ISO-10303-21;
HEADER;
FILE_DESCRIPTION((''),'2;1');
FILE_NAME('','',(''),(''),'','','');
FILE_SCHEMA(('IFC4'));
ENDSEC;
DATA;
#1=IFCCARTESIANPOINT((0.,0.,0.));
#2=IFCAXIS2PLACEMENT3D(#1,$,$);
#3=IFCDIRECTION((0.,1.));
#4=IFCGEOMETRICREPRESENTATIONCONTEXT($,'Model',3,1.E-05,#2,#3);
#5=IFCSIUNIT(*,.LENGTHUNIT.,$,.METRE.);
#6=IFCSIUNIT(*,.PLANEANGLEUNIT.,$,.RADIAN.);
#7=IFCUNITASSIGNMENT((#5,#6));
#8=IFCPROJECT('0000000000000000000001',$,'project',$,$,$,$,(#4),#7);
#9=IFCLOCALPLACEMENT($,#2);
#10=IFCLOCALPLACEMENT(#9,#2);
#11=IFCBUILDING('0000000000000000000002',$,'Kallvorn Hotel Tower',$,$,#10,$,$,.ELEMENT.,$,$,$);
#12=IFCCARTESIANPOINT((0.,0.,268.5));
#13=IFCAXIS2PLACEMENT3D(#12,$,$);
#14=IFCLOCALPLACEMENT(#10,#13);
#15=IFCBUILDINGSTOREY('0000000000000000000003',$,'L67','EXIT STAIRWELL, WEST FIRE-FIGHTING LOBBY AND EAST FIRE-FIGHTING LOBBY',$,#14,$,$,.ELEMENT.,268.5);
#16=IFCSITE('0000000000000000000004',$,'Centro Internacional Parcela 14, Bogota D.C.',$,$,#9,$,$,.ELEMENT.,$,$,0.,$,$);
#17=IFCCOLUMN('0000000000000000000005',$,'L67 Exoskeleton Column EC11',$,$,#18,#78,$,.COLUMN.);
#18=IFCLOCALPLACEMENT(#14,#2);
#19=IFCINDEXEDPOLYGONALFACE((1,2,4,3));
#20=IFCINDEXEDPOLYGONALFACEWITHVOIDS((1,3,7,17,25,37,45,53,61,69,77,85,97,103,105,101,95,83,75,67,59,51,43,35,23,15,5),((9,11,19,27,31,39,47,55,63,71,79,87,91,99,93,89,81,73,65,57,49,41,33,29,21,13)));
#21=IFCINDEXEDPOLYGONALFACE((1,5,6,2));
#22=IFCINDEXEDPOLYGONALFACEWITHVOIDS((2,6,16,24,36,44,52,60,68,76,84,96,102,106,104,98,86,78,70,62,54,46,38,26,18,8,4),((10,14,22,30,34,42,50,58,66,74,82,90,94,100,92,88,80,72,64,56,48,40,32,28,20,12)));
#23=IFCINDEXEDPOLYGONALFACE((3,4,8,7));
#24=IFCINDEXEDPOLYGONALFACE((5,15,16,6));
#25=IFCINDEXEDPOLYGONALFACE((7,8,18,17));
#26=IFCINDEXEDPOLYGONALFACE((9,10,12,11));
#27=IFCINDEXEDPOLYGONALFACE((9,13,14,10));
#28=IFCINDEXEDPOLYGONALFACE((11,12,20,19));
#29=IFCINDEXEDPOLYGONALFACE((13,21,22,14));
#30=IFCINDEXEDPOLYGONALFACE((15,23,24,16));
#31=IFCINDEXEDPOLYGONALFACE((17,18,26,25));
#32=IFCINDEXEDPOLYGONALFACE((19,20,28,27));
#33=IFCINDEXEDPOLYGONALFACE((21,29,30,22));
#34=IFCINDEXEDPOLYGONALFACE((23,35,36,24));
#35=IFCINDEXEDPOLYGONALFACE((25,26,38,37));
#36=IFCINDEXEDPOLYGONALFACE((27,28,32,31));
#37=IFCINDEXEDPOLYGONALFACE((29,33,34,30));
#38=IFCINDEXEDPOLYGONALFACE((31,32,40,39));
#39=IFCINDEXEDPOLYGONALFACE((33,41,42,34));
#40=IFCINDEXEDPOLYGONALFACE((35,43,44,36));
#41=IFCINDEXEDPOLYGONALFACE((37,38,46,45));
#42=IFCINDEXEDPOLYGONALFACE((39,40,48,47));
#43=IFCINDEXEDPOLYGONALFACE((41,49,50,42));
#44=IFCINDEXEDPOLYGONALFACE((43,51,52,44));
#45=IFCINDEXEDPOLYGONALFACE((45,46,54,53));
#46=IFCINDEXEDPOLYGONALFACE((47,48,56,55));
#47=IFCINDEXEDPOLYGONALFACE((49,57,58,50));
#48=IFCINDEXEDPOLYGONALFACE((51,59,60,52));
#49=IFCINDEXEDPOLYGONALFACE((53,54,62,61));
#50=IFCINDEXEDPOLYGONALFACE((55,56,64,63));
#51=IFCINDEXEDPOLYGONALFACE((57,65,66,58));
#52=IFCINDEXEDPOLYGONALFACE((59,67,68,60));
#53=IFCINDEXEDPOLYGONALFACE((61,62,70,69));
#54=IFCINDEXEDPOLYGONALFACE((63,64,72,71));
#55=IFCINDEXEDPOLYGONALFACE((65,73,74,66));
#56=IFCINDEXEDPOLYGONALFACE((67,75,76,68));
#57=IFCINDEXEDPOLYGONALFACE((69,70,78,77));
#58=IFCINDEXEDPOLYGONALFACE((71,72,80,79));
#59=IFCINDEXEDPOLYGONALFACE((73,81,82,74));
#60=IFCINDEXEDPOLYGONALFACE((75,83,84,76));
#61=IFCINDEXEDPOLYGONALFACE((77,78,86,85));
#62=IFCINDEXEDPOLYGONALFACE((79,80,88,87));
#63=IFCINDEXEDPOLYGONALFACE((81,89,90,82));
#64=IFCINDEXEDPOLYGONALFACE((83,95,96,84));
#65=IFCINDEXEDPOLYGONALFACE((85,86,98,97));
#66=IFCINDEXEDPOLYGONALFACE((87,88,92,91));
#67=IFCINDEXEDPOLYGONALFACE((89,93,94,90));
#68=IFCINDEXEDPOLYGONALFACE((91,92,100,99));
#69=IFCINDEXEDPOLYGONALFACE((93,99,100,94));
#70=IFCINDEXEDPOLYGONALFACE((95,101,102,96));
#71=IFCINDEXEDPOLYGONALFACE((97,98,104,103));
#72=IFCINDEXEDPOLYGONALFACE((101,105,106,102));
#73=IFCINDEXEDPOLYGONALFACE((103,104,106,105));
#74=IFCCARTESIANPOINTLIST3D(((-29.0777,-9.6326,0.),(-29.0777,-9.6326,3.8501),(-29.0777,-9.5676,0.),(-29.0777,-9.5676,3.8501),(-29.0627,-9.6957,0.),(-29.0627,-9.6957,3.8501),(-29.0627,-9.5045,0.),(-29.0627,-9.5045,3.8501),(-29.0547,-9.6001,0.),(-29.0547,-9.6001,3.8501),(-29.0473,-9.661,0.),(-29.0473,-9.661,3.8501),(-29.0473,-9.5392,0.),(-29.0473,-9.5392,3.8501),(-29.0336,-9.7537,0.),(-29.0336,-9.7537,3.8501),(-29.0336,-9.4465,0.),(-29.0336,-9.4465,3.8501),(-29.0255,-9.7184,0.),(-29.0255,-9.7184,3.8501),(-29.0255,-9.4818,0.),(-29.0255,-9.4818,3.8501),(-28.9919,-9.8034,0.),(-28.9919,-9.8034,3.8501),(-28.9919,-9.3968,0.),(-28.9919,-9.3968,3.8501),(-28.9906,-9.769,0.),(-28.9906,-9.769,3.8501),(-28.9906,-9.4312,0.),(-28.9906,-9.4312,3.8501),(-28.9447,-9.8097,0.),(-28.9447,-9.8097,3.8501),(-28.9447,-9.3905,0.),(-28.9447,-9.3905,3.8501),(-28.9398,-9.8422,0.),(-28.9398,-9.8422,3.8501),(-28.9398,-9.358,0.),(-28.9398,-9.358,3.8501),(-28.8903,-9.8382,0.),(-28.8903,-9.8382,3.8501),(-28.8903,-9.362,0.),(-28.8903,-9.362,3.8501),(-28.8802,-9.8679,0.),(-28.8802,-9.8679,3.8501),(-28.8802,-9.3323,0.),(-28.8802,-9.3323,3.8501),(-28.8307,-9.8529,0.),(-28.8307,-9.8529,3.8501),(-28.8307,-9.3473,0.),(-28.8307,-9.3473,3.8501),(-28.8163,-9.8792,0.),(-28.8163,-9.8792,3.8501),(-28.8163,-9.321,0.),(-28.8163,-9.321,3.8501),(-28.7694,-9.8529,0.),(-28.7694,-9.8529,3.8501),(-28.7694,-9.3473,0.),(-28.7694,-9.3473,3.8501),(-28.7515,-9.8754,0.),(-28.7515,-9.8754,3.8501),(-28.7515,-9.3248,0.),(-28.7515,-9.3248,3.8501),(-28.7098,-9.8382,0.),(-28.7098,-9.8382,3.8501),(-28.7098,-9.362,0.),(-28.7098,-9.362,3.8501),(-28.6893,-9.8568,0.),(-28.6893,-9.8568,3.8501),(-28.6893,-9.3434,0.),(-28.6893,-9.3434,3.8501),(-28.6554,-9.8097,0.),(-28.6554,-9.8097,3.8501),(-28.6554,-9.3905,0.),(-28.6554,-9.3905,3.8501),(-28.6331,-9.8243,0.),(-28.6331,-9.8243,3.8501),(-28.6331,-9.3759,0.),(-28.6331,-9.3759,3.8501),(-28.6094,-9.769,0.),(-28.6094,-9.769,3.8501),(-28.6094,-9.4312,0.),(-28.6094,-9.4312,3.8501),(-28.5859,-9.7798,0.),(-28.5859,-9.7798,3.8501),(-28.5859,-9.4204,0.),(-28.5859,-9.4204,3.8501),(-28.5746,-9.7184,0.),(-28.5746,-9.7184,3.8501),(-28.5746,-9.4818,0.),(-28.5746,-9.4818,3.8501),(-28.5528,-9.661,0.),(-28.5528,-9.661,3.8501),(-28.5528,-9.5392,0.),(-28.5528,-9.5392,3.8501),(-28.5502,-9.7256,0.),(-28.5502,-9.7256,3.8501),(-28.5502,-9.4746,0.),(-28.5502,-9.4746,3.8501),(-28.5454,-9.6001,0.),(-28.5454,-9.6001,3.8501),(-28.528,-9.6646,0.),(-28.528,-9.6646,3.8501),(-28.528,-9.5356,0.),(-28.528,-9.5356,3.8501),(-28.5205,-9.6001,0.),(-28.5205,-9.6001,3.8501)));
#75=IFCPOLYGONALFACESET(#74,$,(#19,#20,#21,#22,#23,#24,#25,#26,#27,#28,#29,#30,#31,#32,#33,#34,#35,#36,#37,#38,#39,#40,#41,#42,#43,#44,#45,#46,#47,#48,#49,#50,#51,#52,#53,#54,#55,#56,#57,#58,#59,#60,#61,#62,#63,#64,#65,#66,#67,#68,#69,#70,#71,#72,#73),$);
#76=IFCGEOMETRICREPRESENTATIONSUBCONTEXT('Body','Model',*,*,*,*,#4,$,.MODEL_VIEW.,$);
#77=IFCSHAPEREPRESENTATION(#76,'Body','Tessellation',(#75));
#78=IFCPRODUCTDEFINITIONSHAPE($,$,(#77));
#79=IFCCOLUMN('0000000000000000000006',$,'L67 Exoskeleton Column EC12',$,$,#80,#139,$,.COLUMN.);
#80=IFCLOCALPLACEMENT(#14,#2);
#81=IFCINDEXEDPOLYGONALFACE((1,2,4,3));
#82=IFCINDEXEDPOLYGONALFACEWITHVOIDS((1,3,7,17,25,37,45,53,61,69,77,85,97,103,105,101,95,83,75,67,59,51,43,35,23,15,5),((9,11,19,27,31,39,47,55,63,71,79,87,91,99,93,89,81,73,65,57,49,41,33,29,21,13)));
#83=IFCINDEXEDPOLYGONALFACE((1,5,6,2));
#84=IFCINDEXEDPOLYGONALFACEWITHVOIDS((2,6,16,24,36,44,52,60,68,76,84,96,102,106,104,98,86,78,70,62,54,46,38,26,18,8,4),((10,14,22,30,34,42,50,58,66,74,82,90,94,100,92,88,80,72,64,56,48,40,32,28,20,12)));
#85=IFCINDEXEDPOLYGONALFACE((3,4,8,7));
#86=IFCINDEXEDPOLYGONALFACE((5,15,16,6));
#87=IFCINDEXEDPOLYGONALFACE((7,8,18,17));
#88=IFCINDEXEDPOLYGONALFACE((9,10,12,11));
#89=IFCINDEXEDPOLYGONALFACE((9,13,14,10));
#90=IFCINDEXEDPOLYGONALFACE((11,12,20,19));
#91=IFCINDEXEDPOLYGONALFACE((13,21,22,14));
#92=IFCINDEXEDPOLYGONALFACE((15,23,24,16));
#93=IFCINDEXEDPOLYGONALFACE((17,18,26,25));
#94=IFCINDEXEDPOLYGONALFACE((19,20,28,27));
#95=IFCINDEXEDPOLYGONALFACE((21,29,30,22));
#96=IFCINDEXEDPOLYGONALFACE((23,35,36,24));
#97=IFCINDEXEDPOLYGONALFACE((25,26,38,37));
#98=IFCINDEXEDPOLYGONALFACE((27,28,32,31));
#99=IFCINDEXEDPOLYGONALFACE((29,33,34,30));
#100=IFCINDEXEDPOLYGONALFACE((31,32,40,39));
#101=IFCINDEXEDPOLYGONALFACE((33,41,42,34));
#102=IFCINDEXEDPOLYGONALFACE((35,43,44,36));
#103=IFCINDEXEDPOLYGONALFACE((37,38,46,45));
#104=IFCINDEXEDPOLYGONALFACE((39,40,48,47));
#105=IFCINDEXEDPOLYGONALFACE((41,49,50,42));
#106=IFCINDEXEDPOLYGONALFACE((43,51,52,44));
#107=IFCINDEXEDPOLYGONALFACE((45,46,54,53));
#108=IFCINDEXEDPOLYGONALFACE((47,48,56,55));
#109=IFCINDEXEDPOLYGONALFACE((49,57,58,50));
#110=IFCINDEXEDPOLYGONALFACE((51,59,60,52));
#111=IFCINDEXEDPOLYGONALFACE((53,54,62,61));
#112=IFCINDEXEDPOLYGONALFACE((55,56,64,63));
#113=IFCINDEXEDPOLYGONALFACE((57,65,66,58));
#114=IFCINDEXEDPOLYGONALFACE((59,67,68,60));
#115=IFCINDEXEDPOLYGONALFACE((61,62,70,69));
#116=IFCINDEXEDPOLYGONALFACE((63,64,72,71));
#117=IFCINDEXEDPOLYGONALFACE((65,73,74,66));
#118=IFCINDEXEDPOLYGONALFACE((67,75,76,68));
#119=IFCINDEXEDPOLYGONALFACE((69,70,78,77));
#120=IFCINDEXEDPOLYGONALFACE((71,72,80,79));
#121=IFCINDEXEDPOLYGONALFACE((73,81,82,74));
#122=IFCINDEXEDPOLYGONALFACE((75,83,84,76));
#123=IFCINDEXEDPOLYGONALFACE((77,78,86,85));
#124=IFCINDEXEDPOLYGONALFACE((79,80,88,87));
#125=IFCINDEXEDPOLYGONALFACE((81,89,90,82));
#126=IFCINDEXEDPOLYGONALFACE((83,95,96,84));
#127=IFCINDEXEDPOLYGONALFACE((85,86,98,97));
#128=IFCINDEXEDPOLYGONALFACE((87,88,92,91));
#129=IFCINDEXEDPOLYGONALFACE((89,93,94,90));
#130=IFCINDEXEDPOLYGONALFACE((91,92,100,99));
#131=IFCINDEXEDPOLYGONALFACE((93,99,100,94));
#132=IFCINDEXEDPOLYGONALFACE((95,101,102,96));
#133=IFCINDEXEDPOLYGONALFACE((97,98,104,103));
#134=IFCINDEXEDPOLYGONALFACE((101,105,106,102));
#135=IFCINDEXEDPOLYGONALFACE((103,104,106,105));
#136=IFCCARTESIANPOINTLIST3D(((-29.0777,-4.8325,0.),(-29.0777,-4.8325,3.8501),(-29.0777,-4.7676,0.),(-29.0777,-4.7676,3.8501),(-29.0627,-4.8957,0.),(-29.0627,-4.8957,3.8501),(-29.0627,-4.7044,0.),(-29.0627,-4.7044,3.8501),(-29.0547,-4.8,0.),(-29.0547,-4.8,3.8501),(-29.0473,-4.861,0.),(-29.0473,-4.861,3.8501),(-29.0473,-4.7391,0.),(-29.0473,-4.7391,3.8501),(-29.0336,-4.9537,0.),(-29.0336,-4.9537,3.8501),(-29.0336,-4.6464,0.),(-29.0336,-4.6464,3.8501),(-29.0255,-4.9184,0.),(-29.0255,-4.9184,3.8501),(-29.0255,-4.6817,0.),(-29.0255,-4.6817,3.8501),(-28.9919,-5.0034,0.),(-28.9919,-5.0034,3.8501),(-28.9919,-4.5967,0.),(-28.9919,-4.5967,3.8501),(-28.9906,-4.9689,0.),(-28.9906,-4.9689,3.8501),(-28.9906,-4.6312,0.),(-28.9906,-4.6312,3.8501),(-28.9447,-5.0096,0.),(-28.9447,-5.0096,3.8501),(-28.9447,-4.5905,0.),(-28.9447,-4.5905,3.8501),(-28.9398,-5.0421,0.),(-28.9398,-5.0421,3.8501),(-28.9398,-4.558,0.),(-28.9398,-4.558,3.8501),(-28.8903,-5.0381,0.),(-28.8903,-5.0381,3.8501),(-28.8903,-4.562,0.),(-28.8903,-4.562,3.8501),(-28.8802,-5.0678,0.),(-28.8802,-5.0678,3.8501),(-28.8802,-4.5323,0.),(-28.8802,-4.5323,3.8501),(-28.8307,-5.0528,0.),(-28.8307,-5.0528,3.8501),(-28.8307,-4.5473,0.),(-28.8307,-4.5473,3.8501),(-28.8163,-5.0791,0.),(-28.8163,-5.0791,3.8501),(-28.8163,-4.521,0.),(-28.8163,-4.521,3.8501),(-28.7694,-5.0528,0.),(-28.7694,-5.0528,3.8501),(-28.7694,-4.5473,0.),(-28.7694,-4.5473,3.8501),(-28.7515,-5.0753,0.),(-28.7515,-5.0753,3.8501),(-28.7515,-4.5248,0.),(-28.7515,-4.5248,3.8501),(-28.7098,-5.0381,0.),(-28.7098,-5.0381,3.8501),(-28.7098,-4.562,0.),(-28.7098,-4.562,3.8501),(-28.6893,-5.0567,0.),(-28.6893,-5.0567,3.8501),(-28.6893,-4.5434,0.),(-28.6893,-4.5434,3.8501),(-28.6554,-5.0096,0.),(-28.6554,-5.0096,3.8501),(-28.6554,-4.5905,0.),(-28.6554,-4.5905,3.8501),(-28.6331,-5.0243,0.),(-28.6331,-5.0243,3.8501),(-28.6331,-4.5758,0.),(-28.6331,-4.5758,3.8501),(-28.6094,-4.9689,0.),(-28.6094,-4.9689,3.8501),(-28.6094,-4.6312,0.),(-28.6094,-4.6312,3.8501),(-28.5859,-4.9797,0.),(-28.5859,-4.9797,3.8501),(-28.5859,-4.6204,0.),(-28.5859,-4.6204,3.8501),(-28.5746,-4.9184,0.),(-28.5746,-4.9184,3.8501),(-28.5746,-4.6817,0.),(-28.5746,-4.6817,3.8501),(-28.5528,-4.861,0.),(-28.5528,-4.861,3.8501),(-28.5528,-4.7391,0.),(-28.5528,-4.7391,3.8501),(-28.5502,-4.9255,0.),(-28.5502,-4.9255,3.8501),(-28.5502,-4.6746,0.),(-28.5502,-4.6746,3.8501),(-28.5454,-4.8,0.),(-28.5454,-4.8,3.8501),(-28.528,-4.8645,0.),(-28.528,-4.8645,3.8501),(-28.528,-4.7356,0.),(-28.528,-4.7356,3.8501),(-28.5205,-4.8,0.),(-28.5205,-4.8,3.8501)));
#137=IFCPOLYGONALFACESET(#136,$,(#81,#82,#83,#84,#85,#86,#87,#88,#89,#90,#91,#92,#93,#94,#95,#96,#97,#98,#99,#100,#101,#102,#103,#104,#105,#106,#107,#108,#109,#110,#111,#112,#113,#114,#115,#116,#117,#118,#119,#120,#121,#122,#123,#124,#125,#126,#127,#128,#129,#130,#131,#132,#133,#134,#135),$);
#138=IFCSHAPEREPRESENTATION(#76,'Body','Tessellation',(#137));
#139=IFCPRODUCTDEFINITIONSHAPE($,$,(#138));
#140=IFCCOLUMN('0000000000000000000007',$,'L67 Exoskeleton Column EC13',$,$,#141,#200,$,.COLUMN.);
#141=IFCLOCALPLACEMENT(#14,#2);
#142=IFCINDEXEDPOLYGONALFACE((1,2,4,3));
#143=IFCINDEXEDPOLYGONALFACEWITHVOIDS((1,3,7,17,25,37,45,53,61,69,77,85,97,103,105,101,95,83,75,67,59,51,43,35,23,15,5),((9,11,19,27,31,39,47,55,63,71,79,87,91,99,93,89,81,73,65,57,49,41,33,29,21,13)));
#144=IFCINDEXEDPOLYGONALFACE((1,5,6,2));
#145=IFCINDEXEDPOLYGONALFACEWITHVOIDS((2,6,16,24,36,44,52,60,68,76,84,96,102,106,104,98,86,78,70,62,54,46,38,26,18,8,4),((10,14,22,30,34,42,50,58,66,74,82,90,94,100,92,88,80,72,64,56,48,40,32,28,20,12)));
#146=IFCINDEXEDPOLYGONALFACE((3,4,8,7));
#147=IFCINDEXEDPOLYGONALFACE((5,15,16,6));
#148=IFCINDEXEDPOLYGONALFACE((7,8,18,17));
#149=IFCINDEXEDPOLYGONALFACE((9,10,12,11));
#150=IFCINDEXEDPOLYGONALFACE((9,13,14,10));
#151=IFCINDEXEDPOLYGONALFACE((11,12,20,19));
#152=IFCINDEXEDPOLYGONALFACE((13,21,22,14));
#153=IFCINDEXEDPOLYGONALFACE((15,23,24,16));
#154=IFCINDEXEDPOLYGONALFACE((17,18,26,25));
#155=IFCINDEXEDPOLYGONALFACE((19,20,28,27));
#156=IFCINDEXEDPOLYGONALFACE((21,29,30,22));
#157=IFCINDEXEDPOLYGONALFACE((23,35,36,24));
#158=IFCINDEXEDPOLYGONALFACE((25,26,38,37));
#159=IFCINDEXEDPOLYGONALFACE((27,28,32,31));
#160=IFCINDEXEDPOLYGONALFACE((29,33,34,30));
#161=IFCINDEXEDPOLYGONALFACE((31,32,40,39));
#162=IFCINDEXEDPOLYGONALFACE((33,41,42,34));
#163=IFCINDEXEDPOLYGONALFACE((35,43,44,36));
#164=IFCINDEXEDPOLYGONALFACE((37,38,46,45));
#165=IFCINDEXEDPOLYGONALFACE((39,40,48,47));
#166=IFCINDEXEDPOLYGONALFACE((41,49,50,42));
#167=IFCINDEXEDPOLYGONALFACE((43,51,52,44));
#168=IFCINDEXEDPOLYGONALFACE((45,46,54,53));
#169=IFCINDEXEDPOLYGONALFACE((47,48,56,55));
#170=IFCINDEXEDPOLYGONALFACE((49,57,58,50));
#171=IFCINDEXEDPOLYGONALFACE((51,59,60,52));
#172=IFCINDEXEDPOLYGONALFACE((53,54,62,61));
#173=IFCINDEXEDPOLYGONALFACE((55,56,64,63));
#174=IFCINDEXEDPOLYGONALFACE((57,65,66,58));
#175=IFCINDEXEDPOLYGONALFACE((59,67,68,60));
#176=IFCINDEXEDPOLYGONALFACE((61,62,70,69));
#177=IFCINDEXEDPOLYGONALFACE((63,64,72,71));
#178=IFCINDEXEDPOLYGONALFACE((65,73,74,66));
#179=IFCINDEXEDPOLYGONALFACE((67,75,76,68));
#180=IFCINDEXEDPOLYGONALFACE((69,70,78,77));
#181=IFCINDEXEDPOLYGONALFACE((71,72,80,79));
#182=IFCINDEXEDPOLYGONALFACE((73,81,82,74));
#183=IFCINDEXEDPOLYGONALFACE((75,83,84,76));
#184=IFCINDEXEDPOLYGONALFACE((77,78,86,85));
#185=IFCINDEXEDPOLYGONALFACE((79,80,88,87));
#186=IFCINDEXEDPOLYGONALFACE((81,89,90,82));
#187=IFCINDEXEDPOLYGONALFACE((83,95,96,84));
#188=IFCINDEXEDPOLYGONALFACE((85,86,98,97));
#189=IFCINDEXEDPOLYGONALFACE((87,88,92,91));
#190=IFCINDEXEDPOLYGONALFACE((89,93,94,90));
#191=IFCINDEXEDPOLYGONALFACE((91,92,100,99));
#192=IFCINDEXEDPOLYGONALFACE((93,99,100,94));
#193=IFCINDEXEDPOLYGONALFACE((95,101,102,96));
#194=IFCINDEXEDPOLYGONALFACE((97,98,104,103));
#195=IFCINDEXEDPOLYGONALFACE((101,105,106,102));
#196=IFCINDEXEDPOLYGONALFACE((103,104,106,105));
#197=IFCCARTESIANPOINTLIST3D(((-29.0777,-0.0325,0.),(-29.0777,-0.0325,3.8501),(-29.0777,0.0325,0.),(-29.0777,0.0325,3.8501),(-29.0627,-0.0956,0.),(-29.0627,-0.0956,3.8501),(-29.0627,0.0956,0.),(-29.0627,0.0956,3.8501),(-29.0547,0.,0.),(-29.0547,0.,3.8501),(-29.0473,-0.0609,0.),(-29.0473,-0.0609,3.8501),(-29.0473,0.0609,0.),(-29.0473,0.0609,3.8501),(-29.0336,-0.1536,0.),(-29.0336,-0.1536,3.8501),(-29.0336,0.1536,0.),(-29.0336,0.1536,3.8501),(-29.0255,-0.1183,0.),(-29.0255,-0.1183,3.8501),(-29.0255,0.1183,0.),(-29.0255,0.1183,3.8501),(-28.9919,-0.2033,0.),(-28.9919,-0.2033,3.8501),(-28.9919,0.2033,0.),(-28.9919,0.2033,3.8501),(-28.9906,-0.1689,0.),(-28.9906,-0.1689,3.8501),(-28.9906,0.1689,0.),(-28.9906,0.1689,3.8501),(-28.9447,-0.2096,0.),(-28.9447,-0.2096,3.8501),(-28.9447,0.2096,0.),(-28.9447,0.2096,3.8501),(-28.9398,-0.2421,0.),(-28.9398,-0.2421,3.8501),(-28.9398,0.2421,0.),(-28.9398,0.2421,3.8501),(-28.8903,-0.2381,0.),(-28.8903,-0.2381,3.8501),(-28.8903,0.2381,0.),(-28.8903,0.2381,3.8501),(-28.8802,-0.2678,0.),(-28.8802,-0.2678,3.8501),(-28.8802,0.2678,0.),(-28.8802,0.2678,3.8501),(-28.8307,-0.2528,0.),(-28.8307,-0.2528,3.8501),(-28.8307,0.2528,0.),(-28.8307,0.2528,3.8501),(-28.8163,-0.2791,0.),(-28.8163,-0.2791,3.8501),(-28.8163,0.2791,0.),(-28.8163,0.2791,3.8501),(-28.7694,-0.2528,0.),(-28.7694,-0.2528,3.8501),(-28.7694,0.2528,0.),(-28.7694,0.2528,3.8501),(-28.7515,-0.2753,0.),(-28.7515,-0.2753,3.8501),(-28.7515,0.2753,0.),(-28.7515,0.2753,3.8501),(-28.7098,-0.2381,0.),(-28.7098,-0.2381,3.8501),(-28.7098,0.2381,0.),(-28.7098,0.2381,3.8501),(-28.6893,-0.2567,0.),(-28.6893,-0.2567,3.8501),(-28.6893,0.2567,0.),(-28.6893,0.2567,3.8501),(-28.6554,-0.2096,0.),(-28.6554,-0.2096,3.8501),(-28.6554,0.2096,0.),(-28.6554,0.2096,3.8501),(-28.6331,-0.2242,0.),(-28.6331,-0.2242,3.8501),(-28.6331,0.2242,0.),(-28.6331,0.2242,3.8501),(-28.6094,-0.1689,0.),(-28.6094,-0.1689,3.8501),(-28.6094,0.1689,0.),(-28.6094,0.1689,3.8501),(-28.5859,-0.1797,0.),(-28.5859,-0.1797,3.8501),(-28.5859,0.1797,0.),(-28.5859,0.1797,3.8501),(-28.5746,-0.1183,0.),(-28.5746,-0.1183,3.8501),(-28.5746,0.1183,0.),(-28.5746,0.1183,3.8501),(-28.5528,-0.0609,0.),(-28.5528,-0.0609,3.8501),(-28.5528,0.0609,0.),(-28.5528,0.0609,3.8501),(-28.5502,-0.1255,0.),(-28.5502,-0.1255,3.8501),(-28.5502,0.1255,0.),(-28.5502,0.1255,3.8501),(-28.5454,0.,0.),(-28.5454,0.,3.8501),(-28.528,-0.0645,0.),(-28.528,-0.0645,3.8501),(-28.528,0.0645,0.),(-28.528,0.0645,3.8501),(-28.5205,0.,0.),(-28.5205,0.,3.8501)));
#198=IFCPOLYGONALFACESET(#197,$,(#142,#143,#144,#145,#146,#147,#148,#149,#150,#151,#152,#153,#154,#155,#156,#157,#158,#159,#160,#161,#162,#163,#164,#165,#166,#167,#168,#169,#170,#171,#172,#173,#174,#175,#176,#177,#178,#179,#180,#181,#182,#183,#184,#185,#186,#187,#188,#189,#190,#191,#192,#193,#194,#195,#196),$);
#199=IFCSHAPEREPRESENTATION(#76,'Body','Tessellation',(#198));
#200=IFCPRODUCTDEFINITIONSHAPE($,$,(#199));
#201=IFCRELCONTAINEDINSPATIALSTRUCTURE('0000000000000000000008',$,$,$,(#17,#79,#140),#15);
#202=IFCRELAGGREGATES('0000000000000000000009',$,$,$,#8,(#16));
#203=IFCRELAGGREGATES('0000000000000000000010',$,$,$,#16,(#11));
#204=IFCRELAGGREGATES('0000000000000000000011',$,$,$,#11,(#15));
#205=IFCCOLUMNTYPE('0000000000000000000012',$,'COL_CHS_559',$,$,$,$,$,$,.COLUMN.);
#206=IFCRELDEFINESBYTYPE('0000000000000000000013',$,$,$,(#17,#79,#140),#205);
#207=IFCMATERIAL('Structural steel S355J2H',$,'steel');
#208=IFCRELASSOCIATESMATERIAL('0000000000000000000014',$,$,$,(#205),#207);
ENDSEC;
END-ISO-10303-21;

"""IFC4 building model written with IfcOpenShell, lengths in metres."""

from ifc_helpers import new_model, si_unit, direction, frame, origin, origin_2d, place, context, subcontext, project, spatial, hollow_circle, extrude, material, material_profile, profile_set, type_object, element, save


model = new_model("IFC4")

# Units and contexts
model_context = context("Model", 3, precision=1e-05, world=origin(), true_north=direction((0.0, 1.0)))
body_context = subcontext(model_context, "Body", "Model", "MODEL_VIEW")
ifc_project = project(units=[si_unit("LENGTHUNIT", "METRE"), si_unit("PLANEANGLEUNIT", "RADIAN")], contexts=[model_context])

# Site, building, storey
site_placement = place(None, origin())
site = spatial("IfcSite", under=ifc_project, at=site_placement, Name="Centro Internacional Parcela 14, Bogota D.C.", CompositionType="ELEMENT", RefElevation=0.0)
building_placement = place(site_placement, origin())
building = spatial("IfcBuilding", under=site, at=building_placement, Name="Kallvorn Hotel Tower", CompositionType="ELEMENT")
storey_placement = place(building_placement, frame((0.0, 0.0, 268.5)))
storey = spatial("IfcBuildingStorey", under=building, at=storey_placement, Name="L67", Description="EXIT STAIRWELL, WEST FIRE-FIGHTING LOBBY AND EAST FIRE-FIGHTING LOBBY", CompositionType="ELEMENT", Elevation=268.5)

# Columns
ifc_material_1 = material(Name="Structural steel S355J2H", Category="steel")
ifc_material_profile_1 = material_profile(ifc_material_1, hollow_circle(Radius=0.2795, WallThickness=0.0249, at=origin_2d()), Name="CHS 559x25")
ifc_profile_set_1 = profile_set([ifc_material_profile_1], Name="Structural steel S355J2H")
column_type_1 = type_object("IfcColumnType", Name="COL_CHS_559", PredefinedType="COLUMN", material=ifc_profile_set_1)
for number, where, z_axis, x_axis, name in (
    (1, (-28.8, -9.6001, 0.0), (0.0, 0.0, 1.0), (1.0, 0.0, 0.0), "L67 Exoskeleton Column EC11"),
    (2, (-28.8, -4.8, 0.0), (0.0, 0.0, 1.0), (1.0, 0.0, 0.0), "L67 Exoskeleton Column EC12"),
    (3, (-28.8, 0.0, 0.0), (0.0, 0.0, 1.0), (1.0, 0.0, 0.0), "L67 Exoskeleton Column EC13"),
):
    element("IfcColumn", number, at=place(storey_placement, frame(where, z_axis=z_axis, x_axis=x_axis)), inside=storey, type_object=column_type_1, Name=name, PredefinedType="COLUMN", context=body_context, shape_type="SweptSolid", body=[
        extrude(hollow_circle(Radius=0.2795, WallThickness=0.0249, at=origin_2d()), origin(), (0.0, 0.0, 1.0), 3.8501),
    ])

save(model, "model.ifc")
